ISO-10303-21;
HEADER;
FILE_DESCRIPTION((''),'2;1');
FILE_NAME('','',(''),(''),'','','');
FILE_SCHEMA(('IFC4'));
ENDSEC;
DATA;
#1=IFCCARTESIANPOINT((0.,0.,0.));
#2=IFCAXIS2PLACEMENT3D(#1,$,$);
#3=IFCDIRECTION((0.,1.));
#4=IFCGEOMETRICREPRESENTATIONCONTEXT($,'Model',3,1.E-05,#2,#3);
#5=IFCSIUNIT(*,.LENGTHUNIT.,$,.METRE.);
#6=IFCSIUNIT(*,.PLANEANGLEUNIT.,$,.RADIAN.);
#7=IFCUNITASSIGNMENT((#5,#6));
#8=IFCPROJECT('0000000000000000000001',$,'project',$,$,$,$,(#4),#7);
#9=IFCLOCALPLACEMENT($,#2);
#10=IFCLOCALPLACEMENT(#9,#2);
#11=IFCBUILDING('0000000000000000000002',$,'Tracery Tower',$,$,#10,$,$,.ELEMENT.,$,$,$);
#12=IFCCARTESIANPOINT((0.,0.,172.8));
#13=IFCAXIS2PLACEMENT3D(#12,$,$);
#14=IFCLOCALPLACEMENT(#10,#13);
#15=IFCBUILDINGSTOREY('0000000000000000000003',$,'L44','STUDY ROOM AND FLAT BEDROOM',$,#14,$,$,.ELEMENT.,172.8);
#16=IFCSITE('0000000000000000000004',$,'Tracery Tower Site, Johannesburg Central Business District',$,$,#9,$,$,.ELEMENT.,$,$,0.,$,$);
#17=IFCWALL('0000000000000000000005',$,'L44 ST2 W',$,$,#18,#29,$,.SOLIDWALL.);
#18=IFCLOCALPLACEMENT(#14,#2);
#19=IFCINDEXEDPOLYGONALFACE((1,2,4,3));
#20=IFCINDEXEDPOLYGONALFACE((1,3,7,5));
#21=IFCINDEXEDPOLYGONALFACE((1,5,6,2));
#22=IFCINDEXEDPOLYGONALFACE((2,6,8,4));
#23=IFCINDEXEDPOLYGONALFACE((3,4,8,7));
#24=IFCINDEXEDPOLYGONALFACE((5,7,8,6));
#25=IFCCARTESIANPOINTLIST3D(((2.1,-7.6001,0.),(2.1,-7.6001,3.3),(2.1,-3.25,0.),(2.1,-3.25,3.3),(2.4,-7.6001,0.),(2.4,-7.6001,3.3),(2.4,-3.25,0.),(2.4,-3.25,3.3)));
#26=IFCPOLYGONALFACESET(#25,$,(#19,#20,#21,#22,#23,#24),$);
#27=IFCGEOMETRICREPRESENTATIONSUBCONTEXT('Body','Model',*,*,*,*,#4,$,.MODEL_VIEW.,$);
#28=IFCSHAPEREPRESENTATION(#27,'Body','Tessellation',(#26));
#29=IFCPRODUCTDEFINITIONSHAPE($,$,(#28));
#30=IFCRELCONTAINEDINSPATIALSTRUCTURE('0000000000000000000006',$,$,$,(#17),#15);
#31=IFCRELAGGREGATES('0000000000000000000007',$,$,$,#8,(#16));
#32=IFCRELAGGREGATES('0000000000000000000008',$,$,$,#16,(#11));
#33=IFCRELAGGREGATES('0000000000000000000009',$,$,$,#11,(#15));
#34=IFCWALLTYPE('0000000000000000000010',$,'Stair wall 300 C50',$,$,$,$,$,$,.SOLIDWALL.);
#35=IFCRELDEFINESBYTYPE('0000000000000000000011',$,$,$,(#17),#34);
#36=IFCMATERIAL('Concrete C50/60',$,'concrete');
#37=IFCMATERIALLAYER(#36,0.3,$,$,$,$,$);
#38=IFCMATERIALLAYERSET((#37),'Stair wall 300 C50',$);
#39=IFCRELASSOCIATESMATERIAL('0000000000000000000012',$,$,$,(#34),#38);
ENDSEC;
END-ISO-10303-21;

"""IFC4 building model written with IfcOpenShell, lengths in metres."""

from ifc_helpers import new_model, si_unit, direction, frame, frame_2d, origin, place, context, subcontext, project, spatial, rectangle, extrude, material, layer, layer_set, type_object, element, save


model = new_model("IFC4")

# Units and contexts
model_context = context("Model", 3, precision=1e-05, world=origin(), true_north=direction((0.0, 1.0)))
body_context = subcontext(model_context, "Body", "Model", "MODEL_VIEW")
ifc_project = project(units=[si_unit("LENGTHUNIT", "METRE"), si_unit("PLANEANGLEUNIT", "RADIAN")], contexts=[model_context])

# Site, building, storey
site_placement = place(None, origin())
site = spatial("IfcSite", under=ifc_project, at=site_placement, Name="Tracery Tower Site, Johannesburg Central Business District", CompositionType="ELEMENT", RefElevation=0.0)
building_placement = place(site_placement, origin())
building = spatial("IfcBuilding", under=site, at=building_placement, Name="Tracery Tower", CompositionType="ELEMENT")
storey_placement = place(building_placement, frame((0.0, 0.0, 172.8)))
storey = spatial("IfcBuildingStorey", under=building, at=storey_placement, Name="L44", Description="STUDY ROOM AND FLAT BEDROOM", CompositionType="ELEMENT", Elevation=172.8)

# Wall
ifc_material_1 = material(Name="Concrete C50/60", Category="concrete")
ifc_layer_1 = layer(ifc_material_1, 0.3)
ifc_layer_set_1 = layer_set([ifc_layer_1], Name="Stair wall 300 C50")
wall_type_1 = type_object("IfcWallType", Name="Stair wall 300 C50", PredefinedType="SOLIDWALL", material=ifc_layer_set_1)
wall_1_placement = place(storey_placement, frame((2.25, -7.6001, 0.0), z_axis=(0.0, 0.0, 1.0), x_axis=(0.0, 1.0, 0.0)))
element("IfcWall", 1, at=wall_1_placement, inside=storey, type_object=wall_type_1, Name="L44 ST2 W", PredefinedType="SOLIDWALL", context=body_context, shape_type="SweptSolid", body=[
    extrude(rectangle(XDim=4.3501, YDim=0.3, at=frame_2d((2.175, 0.0))), origin(), (0.0, 0.0, 1.0), 3.3),
])

save(model, "model.ifc")
